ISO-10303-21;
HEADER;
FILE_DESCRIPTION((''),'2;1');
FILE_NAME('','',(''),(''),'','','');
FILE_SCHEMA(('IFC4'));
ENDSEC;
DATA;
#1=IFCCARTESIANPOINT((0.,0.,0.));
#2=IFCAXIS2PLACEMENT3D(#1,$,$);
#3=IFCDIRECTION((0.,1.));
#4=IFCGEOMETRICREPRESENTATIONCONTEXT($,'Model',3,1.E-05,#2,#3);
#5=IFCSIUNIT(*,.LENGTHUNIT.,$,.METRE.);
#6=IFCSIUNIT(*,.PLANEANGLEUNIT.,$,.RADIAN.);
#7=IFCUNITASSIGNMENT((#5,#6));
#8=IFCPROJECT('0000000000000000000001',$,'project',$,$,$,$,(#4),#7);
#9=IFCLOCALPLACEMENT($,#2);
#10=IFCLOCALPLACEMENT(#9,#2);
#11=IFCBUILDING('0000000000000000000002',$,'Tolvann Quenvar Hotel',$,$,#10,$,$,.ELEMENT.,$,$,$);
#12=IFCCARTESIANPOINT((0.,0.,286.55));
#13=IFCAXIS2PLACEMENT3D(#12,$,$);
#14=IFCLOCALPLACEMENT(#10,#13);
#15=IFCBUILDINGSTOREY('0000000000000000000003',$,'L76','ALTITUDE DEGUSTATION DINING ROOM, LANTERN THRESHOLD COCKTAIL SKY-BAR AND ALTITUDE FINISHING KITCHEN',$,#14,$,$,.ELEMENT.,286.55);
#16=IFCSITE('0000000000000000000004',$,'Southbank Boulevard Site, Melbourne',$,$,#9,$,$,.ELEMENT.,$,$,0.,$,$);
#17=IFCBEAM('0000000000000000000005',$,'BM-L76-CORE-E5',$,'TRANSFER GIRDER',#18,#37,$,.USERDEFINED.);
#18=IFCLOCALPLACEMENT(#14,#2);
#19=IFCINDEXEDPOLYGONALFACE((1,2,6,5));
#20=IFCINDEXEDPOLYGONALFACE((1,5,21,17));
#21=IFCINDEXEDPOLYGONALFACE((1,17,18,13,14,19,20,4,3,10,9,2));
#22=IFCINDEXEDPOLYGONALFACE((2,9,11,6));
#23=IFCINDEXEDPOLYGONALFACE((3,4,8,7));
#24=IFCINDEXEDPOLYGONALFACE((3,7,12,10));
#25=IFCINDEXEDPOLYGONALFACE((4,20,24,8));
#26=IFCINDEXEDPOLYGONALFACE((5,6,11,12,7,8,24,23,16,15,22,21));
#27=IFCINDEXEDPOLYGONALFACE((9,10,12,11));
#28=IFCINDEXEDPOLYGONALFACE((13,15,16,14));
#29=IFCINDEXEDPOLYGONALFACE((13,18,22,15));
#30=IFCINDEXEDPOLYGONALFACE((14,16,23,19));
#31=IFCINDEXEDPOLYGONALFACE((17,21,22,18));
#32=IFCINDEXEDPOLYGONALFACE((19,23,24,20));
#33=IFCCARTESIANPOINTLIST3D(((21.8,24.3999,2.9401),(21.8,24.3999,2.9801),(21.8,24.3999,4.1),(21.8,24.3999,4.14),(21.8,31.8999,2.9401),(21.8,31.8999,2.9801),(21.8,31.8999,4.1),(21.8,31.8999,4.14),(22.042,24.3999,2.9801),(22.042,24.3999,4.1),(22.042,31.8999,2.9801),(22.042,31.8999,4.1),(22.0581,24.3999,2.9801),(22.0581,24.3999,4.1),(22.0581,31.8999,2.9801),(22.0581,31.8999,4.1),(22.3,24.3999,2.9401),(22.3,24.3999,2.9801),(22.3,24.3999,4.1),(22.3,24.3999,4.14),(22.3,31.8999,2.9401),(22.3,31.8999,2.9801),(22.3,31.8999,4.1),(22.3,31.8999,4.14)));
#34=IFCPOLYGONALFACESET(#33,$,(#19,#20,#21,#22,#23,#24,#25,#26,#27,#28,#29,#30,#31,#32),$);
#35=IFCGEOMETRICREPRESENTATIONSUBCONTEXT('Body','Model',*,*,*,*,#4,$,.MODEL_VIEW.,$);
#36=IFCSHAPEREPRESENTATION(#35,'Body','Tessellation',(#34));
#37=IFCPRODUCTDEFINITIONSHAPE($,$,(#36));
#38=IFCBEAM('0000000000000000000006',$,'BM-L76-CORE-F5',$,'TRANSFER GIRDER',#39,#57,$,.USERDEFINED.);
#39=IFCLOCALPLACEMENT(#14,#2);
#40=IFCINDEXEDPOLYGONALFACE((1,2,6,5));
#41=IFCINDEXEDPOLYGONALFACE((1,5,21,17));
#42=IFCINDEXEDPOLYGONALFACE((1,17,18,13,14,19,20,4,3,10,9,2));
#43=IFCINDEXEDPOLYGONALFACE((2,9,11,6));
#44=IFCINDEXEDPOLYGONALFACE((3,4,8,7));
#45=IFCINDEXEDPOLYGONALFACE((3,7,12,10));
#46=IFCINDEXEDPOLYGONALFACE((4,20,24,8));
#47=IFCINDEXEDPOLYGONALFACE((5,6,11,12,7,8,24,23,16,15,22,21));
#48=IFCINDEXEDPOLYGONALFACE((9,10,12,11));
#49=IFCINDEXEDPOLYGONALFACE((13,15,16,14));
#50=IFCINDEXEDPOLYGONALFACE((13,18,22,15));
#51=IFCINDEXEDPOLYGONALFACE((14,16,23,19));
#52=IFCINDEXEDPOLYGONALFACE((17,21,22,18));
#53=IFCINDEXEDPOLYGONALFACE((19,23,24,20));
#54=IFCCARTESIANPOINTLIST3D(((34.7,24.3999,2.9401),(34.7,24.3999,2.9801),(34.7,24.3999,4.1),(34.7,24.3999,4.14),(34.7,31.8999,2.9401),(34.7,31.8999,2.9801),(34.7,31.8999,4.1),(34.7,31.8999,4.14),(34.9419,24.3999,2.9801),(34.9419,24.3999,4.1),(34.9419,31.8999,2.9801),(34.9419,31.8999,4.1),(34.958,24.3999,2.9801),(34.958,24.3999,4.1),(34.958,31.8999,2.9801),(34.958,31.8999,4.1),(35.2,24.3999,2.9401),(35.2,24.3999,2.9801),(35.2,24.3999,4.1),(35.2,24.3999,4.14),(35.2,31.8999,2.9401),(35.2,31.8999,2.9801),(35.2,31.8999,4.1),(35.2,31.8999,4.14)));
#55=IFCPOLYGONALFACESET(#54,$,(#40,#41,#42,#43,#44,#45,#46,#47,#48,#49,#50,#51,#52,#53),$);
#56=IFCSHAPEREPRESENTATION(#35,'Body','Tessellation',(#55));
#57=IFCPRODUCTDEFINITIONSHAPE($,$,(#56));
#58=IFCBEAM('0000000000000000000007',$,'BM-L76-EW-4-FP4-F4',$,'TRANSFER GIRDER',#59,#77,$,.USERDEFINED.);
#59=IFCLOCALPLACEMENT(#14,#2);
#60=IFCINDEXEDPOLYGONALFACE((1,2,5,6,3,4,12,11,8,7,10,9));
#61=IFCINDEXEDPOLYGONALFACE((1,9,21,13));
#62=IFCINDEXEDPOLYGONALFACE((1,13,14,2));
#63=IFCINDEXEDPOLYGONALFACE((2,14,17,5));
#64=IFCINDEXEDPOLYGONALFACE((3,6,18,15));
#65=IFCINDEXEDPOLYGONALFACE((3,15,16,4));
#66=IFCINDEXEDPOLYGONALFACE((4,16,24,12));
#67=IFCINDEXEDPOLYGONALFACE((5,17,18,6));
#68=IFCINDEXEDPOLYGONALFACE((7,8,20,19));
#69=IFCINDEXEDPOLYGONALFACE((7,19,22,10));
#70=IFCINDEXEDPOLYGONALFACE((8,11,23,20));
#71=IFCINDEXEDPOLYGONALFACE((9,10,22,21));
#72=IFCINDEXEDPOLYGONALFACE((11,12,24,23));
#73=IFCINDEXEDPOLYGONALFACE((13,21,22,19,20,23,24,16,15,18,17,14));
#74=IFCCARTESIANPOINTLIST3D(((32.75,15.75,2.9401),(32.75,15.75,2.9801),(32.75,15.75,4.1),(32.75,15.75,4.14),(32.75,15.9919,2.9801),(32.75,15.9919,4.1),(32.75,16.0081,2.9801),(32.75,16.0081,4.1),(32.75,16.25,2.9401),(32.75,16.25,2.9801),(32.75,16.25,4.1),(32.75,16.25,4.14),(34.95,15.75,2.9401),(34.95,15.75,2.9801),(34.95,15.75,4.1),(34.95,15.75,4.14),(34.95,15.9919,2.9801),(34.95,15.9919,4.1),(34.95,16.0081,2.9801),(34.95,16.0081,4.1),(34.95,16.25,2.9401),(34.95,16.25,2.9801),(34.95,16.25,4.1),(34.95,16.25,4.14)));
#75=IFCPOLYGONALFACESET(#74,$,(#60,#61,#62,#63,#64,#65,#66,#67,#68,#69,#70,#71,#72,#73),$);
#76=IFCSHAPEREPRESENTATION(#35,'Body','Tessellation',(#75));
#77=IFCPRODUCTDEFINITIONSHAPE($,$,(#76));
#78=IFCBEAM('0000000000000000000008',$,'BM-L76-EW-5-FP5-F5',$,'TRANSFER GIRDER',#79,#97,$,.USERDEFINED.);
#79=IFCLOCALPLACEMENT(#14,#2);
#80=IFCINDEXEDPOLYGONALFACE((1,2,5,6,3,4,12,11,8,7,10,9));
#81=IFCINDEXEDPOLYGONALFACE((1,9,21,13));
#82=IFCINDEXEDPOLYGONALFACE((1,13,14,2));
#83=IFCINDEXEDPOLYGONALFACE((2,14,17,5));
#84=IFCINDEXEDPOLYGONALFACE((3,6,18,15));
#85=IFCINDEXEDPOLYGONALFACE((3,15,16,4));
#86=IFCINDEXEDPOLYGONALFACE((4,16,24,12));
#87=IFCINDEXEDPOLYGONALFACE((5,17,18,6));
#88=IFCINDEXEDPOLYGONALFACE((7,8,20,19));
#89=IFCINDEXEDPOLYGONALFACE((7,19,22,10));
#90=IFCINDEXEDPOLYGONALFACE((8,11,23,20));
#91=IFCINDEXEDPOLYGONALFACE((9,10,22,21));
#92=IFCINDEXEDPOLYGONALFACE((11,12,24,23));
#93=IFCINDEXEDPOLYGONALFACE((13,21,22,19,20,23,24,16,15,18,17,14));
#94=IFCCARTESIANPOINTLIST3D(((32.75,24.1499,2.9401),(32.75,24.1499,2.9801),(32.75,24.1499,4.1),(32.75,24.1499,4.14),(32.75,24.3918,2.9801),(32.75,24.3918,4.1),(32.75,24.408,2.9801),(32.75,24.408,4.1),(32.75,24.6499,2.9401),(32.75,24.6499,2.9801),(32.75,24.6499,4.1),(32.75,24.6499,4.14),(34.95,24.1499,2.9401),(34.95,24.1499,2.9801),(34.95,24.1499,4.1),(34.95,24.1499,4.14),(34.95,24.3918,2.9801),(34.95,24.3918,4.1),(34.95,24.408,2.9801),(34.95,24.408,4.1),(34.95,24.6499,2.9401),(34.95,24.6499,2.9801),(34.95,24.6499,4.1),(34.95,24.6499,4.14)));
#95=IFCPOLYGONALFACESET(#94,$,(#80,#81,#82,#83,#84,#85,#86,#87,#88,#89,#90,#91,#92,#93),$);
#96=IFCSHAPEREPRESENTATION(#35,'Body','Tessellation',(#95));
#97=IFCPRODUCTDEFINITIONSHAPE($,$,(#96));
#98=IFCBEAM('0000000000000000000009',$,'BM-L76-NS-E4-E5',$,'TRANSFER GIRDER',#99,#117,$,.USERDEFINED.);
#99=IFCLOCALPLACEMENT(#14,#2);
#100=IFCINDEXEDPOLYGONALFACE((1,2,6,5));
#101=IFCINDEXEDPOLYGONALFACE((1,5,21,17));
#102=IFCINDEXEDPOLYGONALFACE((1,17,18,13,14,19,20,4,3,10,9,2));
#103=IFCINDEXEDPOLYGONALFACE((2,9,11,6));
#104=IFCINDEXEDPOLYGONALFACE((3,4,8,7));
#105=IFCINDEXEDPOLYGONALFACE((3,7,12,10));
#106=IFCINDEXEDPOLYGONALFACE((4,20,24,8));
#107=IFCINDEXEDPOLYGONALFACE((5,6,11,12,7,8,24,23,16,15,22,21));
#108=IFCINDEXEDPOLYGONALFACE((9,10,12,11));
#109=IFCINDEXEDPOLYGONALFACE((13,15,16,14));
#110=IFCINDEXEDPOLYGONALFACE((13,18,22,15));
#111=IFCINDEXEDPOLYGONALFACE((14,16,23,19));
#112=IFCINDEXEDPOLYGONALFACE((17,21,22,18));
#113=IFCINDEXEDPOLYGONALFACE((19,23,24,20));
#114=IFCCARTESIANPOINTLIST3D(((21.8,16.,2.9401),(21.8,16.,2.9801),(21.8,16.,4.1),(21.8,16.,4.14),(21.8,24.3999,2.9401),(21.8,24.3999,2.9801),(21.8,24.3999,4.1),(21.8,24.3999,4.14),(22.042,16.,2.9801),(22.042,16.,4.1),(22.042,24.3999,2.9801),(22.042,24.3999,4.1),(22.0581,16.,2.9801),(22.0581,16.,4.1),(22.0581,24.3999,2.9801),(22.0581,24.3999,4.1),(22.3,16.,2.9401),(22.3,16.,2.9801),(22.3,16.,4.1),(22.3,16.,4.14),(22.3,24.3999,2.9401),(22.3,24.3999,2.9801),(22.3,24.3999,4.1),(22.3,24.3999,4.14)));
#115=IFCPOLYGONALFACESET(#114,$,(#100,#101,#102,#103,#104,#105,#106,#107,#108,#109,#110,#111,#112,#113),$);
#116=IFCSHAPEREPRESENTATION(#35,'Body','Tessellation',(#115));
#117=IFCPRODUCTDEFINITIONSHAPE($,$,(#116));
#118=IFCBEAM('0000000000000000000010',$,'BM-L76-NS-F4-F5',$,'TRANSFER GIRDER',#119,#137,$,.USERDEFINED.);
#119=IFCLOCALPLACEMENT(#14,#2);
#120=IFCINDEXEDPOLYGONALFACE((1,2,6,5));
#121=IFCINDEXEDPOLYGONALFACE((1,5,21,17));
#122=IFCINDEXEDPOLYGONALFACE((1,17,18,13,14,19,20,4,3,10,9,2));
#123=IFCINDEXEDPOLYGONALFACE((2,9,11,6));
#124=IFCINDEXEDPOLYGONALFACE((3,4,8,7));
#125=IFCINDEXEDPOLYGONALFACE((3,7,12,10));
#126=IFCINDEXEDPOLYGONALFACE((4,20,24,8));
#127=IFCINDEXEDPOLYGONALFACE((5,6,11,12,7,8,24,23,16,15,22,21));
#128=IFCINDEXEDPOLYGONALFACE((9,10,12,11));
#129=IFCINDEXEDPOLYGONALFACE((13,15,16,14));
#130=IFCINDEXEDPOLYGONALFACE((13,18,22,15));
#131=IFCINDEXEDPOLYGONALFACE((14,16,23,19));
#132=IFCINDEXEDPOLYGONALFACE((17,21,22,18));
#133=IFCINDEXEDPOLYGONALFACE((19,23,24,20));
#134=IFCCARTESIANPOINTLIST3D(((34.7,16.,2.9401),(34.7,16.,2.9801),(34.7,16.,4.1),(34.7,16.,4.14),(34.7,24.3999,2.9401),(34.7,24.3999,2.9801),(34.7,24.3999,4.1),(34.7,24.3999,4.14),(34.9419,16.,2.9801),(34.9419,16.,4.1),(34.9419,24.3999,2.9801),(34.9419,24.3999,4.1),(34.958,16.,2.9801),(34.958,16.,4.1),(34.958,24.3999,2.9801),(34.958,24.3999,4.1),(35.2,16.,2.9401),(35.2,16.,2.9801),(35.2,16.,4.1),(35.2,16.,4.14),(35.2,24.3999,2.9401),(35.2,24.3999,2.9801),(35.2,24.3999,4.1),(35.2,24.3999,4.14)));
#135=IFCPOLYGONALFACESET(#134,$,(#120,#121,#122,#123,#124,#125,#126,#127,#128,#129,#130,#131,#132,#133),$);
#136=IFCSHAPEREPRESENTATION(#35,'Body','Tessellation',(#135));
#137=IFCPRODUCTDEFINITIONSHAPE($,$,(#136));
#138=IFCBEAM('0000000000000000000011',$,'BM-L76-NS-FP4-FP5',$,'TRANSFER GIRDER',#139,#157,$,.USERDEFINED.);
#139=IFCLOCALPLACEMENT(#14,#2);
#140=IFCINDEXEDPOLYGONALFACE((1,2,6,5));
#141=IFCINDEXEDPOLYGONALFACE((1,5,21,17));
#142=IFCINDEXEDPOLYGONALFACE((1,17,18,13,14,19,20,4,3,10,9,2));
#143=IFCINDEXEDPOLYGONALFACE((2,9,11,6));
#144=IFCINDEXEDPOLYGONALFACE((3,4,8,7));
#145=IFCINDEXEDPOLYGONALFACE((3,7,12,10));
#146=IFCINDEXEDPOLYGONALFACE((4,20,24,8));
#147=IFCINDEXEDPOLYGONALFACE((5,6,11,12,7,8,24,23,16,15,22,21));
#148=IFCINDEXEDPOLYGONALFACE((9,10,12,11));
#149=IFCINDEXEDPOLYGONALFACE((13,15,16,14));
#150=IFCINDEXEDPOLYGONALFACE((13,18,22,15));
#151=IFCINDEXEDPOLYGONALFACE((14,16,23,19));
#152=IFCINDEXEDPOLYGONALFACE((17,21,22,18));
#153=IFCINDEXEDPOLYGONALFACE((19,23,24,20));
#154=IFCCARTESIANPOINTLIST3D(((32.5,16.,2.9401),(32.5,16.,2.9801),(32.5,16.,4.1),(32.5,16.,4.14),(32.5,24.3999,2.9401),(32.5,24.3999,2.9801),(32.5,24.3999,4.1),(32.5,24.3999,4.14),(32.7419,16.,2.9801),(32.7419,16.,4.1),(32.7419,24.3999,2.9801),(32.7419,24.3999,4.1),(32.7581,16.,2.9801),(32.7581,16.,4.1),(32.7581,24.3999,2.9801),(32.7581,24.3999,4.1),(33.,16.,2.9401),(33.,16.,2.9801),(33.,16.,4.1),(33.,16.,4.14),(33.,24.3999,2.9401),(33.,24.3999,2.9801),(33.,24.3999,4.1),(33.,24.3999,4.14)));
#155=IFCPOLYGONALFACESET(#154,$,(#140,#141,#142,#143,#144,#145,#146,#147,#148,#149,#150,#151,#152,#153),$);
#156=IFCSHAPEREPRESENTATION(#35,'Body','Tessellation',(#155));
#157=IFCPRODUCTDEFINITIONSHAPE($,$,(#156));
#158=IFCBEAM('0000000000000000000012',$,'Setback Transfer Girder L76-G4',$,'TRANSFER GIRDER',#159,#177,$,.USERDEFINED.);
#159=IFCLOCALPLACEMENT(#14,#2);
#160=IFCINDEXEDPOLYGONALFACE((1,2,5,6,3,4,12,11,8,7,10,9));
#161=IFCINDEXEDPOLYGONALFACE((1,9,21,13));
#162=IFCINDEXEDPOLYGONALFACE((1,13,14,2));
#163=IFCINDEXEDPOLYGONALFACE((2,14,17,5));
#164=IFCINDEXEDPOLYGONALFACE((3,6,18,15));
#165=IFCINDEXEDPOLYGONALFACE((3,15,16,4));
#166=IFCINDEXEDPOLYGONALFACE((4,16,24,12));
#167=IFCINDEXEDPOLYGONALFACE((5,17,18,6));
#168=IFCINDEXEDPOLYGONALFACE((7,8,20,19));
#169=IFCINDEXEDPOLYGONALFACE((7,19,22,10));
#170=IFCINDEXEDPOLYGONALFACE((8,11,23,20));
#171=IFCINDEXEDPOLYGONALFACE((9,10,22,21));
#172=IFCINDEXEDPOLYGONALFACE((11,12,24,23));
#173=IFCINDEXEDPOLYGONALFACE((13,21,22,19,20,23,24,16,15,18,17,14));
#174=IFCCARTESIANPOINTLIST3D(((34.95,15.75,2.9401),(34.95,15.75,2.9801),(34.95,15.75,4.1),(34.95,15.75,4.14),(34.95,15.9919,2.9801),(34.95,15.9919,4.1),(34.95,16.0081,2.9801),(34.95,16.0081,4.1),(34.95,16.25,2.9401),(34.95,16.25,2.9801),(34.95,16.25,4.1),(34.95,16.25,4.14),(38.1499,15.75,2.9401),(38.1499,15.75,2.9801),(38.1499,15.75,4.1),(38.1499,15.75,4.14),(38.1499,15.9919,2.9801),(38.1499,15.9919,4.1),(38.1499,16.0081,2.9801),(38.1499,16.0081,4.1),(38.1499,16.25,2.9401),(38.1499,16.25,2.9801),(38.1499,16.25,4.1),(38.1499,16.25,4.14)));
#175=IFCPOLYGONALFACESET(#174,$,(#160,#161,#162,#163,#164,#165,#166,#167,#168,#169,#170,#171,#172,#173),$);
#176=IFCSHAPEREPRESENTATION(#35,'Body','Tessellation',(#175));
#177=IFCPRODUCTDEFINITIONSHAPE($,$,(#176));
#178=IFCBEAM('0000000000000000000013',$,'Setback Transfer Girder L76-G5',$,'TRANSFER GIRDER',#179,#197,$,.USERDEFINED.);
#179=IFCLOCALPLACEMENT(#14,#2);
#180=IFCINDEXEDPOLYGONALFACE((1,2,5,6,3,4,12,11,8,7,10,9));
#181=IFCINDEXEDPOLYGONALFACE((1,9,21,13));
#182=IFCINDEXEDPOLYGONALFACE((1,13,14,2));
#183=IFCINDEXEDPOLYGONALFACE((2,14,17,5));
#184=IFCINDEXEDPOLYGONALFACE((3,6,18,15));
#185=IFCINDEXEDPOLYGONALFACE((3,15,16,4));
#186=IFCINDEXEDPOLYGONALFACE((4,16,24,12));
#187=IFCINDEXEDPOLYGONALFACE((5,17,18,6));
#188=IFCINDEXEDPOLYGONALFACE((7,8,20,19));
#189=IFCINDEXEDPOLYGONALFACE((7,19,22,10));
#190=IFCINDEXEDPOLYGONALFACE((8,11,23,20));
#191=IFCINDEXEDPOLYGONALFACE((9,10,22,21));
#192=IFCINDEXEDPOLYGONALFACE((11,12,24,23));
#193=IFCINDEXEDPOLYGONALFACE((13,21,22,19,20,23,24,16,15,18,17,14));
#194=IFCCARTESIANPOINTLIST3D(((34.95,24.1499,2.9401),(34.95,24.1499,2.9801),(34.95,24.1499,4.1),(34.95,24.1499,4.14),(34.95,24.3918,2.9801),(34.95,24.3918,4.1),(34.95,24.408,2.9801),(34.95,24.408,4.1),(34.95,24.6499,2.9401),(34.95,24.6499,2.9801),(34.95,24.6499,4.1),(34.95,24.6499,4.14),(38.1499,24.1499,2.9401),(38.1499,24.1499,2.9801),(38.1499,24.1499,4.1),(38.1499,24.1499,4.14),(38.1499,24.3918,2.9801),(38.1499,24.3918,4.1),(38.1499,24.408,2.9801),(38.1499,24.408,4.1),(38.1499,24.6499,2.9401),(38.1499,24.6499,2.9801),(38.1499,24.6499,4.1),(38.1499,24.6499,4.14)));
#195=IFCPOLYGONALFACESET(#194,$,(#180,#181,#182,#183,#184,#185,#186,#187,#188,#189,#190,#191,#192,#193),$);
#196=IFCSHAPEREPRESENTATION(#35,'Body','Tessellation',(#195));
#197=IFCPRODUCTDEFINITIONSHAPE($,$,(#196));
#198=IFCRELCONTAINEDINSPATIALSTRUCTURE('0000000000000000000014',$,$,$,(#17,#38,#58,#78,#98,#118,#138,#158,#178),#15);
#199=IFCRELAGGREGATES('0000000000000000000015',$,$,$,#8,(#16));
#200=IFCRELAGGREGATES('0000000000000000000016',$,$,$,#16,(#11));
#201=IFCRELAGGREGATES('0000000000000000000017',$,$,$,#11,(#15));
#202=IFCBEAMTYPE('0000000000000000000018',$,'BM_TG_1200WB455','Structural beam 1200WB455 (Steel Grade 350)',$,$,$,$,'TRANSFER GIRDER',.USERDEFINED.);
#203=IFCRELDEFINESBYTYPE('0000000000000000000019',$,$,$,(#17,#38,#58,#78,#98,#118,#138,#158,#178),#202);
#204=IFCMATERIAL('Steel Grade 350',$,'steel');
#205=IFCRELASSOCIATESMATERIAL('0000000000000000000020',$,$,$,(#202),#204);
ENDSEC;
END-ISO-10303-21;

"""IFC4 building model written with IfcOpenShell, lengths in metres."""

from ifc_helpers import new_model, si_unit, direction, frame, origin, origin_2d, place, context, subcontext, project, spatial, i_section, extrude, source, transform, mapped, material, material_profile, profile_set, type_object, element, save


model = new_model("IFC4")

# Units and contexts
model_context = context("Model", 3, precision=1e-05, world=origin(), true_north=direction((0.0, 1.0)))
body_context = subcontext(model_context, "Body", "Model", "MODEL_VIEW")
ifc_project = project(units=[si_unit("LENGTHUNIT", "METRE"), si_unit("PLANEANGLEUNIT", "RADIAN")], contexts=[model_context])

# Site, building, storey
site_placement = place(None, origin())
site = spatial("IfcSite", under=ifc_project, at=site_placement, Name="Southbank Boulevard Site, Melbourne", CompositionType="ELEMENT", RefElevation=0.0)
building_placement = place(site_placement, origin())
building = spatial("IfcBuilding", under=site, at=building_placement, Name="Tolvann Quenvar Hotel", CompositionType="ELEMENT")
storey_placement = place(building_placement, frame((0.0, 0.0, 286.55)))
storey = spatial("IfcBuildingStorey", under=building, at=storey_placement, Name="L76", Description="ALTITUDE DEGUSTATION DINING ROOM, LANTERN THRESHOLD COCKTAIL SKY-BAR AND ALTITUDE FINISHING KITCHEN", CompositionType="ELEMENT", Elevation=286.55)

# Shared definitions
ifc_material_1 = material(Name="Steel Grade 350", Category="steel")

# Beams
ifc_material_profile_1 = material_profile(ifc_material_1, i_section(OverallWidth=0.5, OverallDepth=1.2, WebThickness=0.0161, FlangeThickness=0.04, at=origin_2d()), Name="1200WB455")
ifc_profile_set_1 = profile_set([ifc_material_profile_1], Name="Steel Grade 350")
beam_type_1 = type_object("IfcBeamType", Name="BM_TG_1200WB455", Description="Structural beam 1200WB455 (Steel Grade 350)", ElementType="TRANSFER GIRDER", PredefinedType="USERDEFINED", material=ifc_profile_set_1)
shared_shape_1 = source(origin(), body_context, "Body", "SweptSolid", [
    extrude(i_section(OverallWidth=0.5, OverallDepth=1.2, WebThickness=0.0161, FlangeThickness=0.04, at=origin_2d()), origin(), (0.0, 0.0, 1.0), 7.5),
])
for number, where, z_axis, x_axis, name in (
    (1, (22.05, 24.3999, 3.54), (0.0, 1.0, 0.0), (-1.0, 0.0, 0.0), "BM-L76-CORE-E5"),
    (2, (34.95, 24.3999, 3.54), (0.0, 1.0, 0.0), (-1.0, 0.0, 0.0), "BM-L76-CORE-F5"),
):
    element("IfcBeam", number, at=place(storey_placement, frame(where, z_axis=z_axis, x_axis=x_axis)), inside=storey, type_object=beam_type_1, Name=name, ObjectType="TRANSFER GIRDER", PredefinedType="USERDEFINED", context=body_context, shape_type="MappedRepresentation", body=[
        mapped(shared_shape_1, transform((0.0, 0.0, 0.0), x_axis=(1.0, 0.0, 0.0), y_axis=(0.0, 1.0, 0.0), z_axis=(0.0, 0.0, 1.0), scale=1.0)),
    ])
shared_shape_2 = source(origin(), body_context, "Body", "SweptSolid", [
    extrude(i_section(OverallWidth=0.5, OverallDepth=1.2, WebThickness=0.0161, FlangeThickness=0.04, at=origin_2d()), origin(), (0.0, 0.0, 1.0), 2.2),
])
for number, where, z_axis, x_axis, name in (
    (3, (32.75, 16.0, 3.54), (1.0, 0.0, 0.0), (0.0, 1.0, 0.0), "BM-L76-EW-4-FP4-F4"),
    (4, (32.75, 24.3999, 3.54), (1.0, 0.0, 0.0), (0.0, 1.0, 0.0), "BM-L76-EW-5-FP5-F5"),
):
    element("IfcBeam", number, at=place(storey_placement, frame(where, z_axis=z_axis, x_axis=x_axis)), inside=storey, type_object=beam_type_1, Name=name, ObjectType="TRANSFER GIRDER", PredefinedType="USERDEFINED", context=body_context, shape_type="MappedRepresentation", body=[
        mapped(shared_shape_2, transform((0.0, 0.0, 0.0), x_axis=(1.0, 0.0, 0.0), y_axis=(0.0, 1.0, 0.0), z_axis=(0.0, 0.0, 1.0), scale=1.0)),
    ])
shared_shape_3 = source(origin(), body_context, "Body", "SweptSolid", [
    extrude(i_section(OverallWidth=0.5, OverallDepth=1.2, WebThickness=0.0161, FlangeThickness=0.04, at=origin_2d()), origin(), (0.0, 0.0, 1.0), 8.3999),
])
for number, where, z_axis, x_axis, name in (
    (5, (22.05, 16.0, 3.54), (0.0, 1.0, 0.0), (-1.0, 0.0, 0.0), "BM-L76-NS-E4-E5"),
    (6, (34.95, 16.0, 3.54), (0.0, 1.0, 0.0), (-1.0, 0.0, 0.0), "BM-L76-NS-F4-F5"),
    (7, (32.75, 16.0, 3.54), (0.0, 1.0, 0.0), (-1.0, 0.0, 0.0), "BM-L76-NS-FP4-FP5"),
):
    element("IfcBeam", number, at=place(storey_placement, frame(where, z_axis=z_axis, x_axis=x_axis)), inside=storey, type_object=beam_type_1, Name=name, ObjectType="TRANSFER GIRDER", PredefinedType="USERDEFINED", context=body_context, shape_type="MappedRepresentation", body=[
        mapped(shared_shape_3, transform((0.0, 0.0, 0.0), x_axis=(1.0, 0.0, 0.0), y_axis=(0.0, 1.0, 0.0), z_axis=(0.0, 0.0, 1.0), scale=1.0)),
    ])
shared_shape_4 = source(origin(), body_context, "Body", "SweptSolid", [
    extrude(i_section(OverallWidth=0.5, OverallDepth=1.2, WebThickness=0.0161, FlangeThickness=0.04, at=origin_2d()), origin(), (0.0, 0.0, 1.0), 3.2),
])
for number, where, z_axis, x_axis, name in (
    (8, (34.95, 16.0, 3.54), (1.0, 0.0, 0.0), (0.0, 1.0, 0.0), "Setback Transfer Girder L76-G4"),
    (9, (34.95, 24.3999, 3.54), (1.0, 0.0, 0.0), (0.0, 1.0, 0.0), "Setback Transfer Girder L76-G5"),
):
    element("IfcBeam", number, at=place(storey_placement, frame(where, z_axis=z_axis, x_axis=x_axis)), inside=storey, type_object=beam_type_1, Name=name, ObjectType="TRANSFER GIRDER", PredefinedType="USERDEFINED", context=body_context, shape_type="MappedRepresentation", body=[
        mapped(shared_shape_4, transform((0.0, 0.0, 0.0), x_axis=(1.0, 0.0, 0.0), y_axis=(0.0, 1.0, 0.0), z_axis=(0.0, 0.0, 1.0), scale=1.0)),
    ])

save(model, "model.ifc")
